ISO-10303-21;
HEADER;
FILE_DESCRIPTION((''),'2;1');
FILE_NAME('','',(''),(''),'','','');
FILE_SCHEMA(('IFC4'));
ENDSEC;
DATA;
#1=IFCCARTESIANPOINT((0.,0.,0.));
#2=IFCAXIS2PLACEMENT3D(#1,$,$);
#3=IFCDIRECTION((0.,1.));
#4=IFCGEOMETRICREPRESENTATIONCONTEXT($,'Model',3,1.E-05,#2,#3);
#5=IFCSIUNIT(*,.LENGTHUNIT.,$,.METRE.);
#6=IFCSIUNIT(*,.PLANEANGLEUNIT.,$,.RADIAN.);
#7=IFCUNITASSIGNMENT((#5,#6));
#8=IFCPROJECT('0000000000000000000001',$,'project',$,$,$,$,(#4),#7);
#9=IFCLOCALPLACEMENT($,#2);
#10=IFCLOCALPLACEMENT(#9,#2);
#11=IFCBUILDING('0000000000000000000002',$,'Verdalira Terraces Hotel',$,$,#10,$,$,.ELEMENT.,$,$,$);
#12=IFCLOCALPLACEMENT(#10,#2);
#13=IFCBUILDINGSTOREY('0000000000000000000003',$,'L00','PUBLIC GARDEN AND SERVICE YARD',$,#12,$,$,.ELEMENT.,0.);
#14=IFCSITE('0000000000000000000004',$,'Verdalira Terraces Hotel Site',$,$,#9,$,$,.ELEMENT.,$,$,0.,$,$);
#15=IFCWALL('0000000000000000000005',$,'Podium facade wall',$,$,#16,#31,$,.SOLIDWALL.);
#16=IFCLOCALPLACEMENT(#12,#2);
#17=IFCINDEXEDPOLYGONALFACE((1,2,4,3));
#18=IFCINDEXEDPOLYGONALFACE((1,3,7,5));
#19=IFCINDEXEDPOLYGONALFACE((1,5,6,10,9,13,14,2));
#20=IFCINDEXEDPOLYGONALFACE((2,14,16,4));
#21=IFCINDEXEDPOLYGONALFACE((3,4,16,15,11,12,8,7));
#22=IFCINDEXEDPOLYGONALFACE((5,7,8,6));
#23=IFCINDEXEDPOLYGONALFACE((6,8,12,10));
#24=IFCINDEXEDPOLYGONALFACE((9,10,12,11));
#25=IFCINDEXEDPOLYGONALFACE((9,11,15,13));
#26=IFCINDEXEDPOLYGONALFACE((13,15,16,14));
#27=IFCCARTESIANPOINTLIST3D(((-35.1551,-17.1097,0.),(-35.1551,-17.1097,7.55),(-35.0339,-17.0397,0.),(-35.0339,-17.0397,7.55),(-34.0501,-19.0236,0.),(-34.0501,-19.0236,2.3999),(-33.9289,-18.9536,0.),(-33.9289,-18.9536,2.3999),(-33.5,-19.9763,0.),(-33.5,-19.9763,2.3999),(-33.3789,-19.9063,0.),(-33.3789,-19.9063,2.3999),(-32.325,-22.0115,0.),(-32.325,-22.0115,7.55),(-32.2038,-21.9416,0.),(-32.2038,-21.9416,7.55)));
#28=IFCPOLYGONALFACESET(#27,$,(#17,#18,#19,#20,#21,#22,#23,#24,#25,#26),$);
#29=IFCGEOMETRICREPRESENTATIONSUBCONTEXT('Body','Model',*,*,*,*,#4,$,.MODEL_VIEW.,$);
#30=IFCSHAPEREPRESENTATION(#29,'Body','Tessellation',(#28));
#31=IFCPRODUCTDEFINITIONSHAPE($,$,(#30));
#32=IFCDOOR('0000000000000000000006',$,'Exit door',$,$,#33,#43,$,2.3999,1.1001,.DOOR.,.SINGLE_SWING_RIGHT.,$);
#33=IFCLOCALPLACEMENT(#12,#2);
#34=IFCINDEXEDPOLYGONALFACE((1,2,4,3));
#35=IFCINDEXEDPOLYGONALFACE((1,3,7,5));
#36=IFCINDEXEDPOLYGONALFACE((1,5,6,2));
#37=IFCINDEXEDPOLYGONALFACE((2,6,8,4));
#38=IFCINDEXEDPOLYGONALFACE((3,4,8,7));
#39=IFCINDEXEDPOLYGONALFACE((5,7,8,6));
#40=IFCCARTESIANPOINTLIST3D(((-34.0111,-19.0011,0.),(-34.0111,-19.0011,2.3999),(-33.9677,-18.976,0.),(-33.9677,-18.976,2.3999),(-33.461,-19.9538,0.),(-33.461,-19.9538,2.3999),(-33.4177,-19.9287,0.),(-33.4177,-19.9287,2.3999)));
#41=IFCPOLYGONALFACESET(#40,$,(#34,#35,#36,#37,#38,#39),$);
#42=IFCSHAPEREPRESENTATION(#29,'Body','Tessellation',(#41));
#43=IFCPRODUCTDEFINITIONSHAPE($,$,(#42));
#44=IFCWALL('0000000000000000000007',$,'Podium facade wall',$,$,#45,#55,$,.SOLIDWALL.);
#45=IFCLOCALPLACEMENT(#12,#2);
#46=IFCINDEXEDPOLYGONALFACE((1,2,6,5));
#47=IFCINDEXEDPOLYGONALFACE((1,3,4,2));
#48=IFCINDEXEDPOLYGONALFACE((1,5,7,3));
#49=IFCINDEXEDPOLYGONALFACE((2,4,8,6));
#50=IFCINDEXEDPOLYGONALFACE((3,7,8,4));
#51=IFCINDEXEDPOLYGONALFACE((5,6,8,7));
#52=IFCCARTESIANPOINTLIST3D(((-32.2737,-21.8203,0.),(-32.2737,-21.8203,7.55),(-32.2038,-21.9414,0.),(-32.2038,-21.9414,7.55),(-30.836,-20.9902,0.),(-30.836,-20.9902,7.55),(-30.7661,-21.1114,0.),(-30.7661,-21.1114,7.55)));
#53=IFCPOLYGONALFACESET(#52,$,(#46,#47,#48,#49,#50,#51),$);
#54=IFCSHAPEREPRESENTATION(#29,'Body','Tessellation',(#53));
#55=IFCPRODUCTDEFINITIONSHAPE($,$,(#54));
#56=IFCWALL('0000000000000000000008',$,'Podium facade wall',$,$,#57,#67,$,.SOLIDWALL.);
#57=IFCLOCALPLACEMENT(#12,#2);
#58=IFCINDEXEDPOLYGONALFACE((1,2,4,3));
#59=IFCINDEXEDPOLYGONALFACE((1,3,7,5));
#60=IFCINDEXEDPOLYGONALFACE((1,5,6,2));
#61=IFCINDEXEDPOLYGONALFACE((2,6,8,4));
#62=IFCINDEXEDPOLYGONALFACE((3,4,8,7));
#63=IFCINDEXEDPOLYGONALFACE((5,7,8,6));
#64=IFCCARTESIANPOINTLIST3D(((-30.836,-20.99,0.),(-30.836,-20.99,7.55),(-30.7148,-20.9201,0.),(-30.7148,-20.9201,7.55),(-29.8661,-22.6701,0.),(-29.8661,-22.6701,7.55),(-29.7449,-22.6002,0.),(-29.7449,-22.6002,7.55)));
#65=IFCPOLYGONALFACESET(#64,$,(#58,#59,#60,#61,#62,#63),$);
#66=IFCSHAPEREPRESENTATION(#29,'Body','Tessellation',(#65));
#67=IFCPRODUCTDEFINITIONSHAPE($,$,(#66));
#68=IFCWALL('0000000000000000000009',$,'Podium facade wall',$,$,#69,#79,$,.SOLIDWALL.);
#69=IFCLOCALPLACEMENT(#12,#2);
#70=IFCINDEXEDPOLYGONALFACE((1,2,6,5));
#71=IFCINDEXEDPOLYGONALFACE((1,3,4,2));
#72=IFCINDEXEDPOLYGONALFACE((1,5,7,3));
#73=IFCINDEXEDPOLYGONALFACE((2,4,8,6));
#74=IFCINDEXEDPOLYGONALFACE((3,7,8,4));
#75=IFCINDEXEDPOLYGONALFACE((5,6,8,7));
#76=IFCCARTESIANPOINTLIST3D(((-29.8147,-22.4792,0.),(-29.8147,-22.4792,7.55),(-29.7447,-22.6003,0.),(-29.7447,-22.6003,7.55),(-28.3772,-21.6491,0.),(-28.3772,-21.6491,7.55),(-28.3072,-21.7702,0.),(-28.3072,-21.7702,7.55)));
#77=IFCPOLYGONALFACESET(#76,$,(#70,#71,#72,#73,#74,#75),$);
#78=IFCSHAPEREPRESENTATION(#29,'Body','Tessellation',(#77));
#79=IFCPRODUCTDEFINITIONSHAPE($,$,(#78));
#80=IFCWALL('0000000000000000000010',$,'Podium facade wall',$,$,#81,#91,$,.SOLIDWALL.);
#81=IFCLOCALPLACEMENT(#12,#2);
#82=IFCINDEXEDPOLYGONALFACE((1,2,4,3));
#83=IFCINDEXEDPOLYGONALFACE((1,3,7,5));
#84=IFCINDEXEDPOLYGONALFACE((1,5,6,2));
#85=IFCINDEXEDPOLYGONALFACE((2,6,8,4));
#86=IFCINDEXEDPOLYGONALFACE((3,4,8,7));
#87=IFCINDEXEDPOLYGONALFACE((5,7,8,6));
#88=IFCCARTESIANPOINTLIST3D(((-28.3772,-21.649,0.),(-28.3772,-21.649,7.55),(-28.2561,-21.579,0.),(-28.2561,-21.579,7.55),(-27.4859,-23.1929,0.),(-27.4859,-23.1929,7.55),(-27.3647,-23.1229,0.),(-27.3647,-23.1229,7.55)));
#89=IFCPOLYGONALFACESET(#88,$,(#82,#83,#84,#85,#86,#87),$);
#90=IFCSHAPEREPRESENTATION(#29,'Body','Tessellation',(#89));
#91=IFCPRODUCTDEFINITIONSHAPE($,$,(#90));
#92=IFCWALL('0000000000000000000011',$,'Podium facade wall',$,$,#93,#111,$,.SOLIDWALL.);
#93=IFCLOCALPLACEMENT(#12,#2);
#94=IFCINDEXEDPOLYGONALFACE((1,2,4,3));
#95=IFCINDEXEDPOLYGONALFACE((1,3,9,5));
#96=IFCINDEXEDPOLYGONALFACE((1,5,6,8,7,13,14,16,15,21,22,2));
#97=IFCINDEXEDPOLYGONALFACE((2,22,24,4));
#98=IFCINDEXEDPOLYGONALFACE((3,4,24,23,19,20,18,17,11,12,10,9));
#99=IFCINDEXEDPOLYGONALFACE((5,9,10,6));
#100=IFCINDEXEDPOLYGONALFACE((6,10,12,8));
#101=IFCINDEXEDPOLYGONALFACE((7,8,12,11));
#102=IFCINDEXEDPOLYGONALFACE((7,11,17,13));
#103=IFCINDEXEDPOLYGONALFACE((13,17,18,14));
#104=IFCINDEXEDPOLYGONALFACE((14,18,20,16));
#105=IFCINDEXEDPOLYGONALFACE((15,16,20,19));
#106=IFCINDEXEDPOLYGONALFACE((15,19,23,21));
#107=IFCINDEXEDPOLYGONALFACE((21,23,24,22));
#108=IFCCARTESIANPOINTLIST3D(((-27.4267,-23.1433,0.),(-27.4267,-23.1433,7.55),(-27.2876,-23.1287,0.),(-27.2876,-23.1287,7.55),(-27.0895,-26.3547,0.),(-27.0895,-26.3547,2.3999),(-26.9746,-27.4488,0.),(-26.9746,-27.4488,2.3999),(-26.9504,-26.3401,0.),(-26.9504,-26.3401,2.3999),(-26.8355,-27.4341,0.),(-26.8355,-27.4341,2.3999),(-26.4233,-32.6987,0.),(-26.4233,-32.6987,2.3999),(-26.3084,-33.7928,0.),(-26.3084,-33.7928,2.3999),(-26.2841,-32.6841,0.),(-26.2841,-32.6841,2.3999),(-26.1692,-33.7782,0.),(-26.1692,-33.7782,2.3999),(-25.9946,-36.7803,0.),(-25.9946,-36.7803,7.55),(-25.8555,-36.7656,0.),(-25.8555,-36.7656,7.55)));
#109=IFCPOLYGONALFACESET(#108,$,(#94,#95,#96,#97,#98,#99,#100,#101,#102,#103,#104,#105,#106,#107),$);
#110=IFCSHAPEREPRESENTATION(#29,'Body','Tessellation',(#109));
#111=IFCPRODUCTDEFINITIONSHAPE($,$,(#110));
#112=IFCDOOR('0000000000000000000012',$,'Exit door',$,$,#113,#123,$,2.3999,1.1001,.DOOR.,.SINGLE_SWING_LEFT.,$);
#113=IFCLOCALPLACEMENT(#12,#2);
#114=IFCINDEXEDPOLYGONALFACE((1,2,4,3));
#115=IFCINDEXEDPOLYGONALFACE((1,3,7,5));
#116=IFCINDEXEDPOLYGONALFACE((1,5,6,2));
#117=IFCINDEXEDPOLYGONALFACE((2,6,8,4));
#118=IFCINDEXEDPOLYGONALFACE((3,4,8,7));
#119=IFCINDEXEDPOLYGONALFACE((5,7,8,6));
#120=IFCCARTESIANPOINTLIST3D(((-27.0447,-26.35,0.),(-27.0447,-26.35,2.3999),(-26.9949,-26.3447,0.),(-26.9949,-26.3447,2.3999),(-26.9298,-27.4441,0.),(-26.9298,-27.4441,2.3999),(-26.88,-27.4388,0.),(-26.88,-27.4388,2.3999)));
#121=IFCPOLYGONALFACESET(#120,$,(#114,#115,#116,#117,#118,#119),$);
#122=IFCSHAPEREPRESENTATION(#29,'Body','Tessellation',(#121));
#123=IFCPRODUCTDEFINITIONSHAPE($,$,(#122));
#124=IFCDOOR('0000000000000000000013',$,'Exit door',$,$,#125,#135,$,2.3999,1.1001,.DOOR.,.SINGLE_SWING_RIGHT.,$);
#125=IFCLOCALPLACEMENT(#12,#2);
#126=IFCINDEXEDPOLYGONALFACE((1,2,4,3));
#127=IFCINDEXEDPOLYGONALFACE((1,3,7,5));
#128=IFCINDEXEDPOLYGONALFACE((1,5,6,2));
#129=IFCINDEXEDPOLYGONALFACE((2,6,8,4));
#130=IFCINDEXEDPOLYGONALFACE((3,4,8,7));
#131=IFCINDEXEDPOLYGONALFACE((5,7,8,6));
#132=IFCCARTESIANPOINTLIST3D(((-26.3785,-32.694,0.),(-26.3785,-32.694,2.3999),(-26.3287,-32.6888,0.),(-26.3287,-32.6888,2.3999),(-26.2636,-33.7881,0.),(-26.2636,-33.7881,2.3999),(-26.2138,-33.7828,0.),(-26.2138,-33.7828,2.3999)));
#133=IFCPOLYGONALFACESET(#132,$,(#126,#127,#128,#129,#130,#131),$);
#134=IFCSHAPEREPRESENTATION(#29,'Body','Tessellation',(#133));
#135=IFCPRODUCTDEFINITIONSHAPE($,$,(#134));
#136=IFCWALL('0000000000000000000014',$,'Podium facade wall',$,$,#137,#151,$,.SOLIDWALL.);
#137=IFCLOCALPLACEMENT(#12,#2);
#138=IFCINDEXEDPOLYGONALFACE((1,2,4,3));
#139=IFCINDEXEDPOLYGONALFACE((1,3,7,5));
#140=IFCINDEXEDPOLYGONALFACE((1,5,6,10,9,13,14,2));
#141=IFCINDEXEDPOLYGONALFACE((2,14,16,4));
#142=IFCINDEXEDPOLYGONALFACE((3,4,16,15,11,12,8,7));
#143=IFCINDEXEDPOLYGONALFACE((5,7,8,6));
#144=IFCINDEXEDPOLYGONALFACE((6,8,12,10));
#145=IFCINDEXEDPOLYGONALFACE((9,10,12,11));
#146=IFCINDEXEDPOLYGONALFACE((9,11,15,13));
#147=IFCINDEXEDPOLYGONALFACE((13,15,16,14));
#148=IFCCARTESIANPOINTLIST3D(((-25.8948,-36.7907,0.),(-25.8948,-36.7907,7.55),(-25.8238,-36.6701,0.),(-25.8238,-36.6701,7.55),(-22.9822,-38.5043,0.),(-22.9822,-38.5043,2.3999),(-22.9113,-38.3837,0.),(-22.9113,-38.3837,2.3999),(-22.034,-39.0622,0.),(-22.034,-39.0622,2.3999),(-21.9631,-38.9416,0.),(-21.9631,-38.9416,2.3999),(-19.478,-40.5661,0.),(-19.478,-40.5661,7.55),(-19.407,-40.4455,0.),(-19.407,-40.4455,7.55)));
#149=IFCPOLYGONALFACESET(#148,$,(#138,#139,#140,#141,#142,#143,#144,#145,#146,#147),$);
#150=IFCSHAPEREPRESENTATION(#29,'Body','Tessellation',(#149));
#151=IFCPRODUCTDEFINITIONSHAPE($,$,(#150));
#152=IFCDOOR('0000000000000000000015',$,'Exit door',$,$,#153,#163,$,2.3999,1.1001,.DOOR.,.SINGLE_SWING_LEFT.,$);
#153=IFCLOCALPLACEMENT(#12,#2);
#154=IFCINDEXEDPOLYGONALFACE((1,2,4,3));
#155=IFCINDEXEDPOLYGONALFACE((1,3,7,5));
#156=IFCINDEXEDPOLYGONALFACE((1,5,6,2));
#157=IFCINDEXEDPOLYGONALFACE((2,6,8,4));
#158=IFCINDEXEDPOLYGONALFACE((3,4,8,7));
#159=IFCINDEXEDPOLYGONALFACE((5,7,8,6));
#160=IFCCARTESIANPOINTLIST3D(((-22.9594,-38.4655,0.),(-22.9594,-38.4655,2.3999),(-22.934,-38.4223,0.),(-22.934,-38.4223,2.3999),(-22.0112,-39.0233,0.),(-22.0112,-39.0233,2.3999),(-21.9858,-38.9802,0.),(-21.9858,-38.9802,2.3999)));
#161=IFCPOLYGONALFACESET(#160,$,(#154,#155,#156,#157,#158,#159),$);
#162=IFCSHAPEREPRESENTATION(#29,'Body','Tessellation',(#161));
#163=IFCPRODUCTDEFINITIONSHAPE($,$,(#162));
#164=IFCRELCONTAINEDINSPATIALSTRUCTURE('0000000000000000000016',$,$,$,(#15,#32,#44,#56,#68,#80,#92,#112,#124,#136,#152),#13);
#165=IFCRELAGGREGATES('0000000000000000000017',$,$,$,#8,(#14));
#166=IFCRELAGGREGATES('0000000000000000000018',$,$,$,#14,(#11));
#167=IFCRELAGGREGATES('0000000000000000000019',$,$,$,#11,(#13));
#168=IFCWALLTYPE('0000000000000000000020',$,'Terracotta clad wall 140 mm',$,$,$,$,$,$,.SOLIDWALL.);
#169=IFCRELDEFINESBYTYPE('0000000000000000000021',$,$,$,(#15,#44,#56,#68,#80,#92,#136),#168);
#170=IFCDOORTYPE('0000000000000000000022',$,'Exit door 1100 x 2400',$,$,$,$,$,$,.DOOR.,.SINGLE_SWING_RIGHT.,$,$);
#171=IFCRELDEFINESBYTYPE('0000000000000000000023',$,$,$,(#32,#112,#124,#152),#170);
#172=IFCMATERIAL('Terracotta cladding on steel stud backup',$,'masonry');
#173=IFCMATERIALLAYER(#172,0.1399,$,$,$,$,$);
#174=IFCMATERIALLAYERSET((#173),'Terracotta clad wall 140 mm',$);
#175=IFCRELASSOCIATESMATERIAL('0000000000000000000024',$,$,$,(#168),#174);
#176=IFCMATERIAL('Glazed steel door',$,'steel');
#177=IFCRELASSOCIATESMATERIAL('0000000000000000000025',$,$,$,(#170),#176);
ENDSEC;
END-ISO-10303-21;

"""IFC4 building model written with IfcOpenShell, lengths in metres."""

from ifc_helpers import new_model, si_unit, direction, frame, frame_2d, origin, place, context, subcontext, project, spatial, rectangle, extrude, material, layer, layer_set, type_object, element, fill, save


model = new_model("IFC4")

# Units and contexts
model_context = context("Model", 3, precision=1e-05, world=origin(), true_north=direction((0.0, 1.0)))
body_context = subcontext(model_context, "Body", "Model", "MODEL_VIEW")
ifc_project = project(units=[si_unit("LENGTHUNIT", "METRE"), si_unit("PLANEANGLEUNIT", "RADIAN")], contexts=[model_context])

# Site, building, storey
site_placement = place(None, origin())
site = spatial("IfcSite", under=ifc_project, at=site_placement, Name="Verdalira Terraces Hotel Site", CompositionType="ELEMENT", RefElevation=0.0)
building_placement = place(site_placement, origin())
building = spatial("IfcBuilding", under=site, at=building_placement, Name="Verdalira Terraces Hotel", CompositionType="ELEMENT")
storey_placement = place(building_placement, origin())
storey = spatial("IfcBuildingStorey", under=building, at=storey_placement, Name="L00", Description="PUBLIC GARDEN AND SERVICE YARD", CompositionType="ELEMENT", Elevation=0.0)

# Wall, opening, door
ifc_material_1 = material(Name="Terracotta cladding on steel stud backup", Category="masonry")
ifc_layer_1 = layer(ifc_material_1, 0.1399)
ifc_layer_set_1 = layer_set([ifc_layer_1], Name="Terracotta clad wall 140 mm")
wall_type_1 = type_object("IfcWallType", Name="Terracotta clad wall 140 mm", PredefinedType="SOLIDWALL", material=ifc_layer_set_1)
wall_1_placement = place(storey_placement, frame((-32.2644, -21.9766, 0.0), z_axis=(0.0, 0.0, 1.0), x_axis=(-0.499999, 0.866026, 0.0)))
wall_1 = element("IfcWall", 1, at=wall_1_placement, inside=storey, type_object=wall_type_1, Name="Podium facade wall", PredefinedType="SOLIDWALL", context=body_context, shape_type="SweptSolid", body=[
    extrude(rectangle(XDim=5.6602, YDim=0.1399, at=frame_2d((2.8301, 0.0))), origin(), (0.0, 0.0, 1.0), 7.55),
])
opening_1_placement = place(wall_1_placement, frame((2.3501, 0.0, 0.0)))
opening_1 = element("IfcOpeningElement", 2, at=opening_1_placement, cuts=wall_1, PredefinedType="OPENING", context=body_context, shape_type="SweptSolid", body=[
    extrude(rectangle(XDim=1.1001, YDim=2.3999, at=frame_2d((0.55, 1.2))), frame((0.0, 0.0798, 0.0), z_axis=(0.0, -1.0, 0.0), x_axis=(1.0, 0.0, 0.0)), (0.0, 0.0, 1.0), 0.1599),
])
ifc_material_2 = material(Name="Glazed steel door", Category="steel")
door_type_1 = type_object("IfcDoorType", Name="Exit door 1100 x 2400", OperationType="SINGLE_SWING_RIGHT", PredefinedType="DOOR", material=ifc_material_2)
door_1_placement = place(opening_1_placement, origin())
door_1 = element("IfcDoor", 3, at=door_1_placement, inside=storey, type_object=door_type_1, Name="Exit door", OperationType="SINGLE_SWING_RIGHT", OverallHeight=2.3999, OverallWidth=1.1001, PredefinedType="DOOR", context=body_context, shape_type="SweptSolid", body=[
    extrude(rectangle(XDim=1.1001, YDim=2.3999, at=frame_2d((0.55, 1.2))), frame((0.0, 0.0249, 0.0), z_axis=(0.0, -1.0, 0.0), x_axis=(1.0, 0.0, 0.0)), (0.0, 0.0, 1.0), 0.05),
])
fill(opening_1, door_1)

# Walls
wall_2_placement = place(storey_placement, frame((-32.2388, -21.8809, 0.0), z_axis=(0.0, 0.0, 1.0), x_axis=(0.866026, 0.499998, 0.0)))
element("IfcWall", 4, at=wall_2_placement, inside=storey, type_object=wall_type_1, Name="Podium facade wall", PredefinedType="SOLIDWALL", context=body_context, shape_type="SweptSolid", body=[
    extrude(rectangle(XDim=1.6602, YDim=0.1399, at=frame_2d((0.8301, 0.0))), origin(), (0.0, 0.0, 1.0), 7.55),
])
wall_3_placement = place(storey_placement, frame((-30.7754, -20.9551, 0.0), z_axis=(0.0, 0.0, 1.0), x_axis=(0.499969, -0.866043, 0.0)))
element("IfcWall", 5, at=wall_3_placement, inside=storey, type_object=wall_type_1, Name="Podium facade wall", PredefinedType="SOLIDWALL", context=body_context, shape_type="SweptSolid", body=[
    extrude(rectangle(XDim=1.9399, YDim=0.1399, at=frame_2d((0.97, 0.0))), origin(), (0.0, 0.0, 1.0), 7.55),
])
wall_4_placement = place(storey_placement, frame((-29.7798, -22.5398, 0.0), z_axis=(0.0, 0.0, 1.0), x_axis=(0.86599, 0.500062, 0.0)))
element("IfcWall", 6, at=wall_4_placement, inside=storey, type_object=wall_type_1, Name="Podium facade wall", PredefinedType="SOLIDWALL", context=body_context, shape_type="SweptSolid", body=[
    extrude(rectangle(XDim=1.6599, YDim=0.1399, at=frame_2d((0.8301, 0.0))), origin(), (0.0, 0.0, 1.0), 7.55),
])
wall_5_placement = place(storey_placement, frame((-28.3166, -21.614, 0.0), z_axis=(0.0, 0.0, 1.0), x_axis=(0.499983, -0.866035, 0.0)))
element("IfcWall", 7, at=wall_5_placement, inside=storey, type_object=wall_type_1, Name="Podium facade wall", PredefinedType="SOLIDWALL", context=body_context, shape_type="SweptSolid", body=[
    extrude(rectangle(XDim=1.7827, YDim=0.1399, at=frame_2d((0.8914, 0.0))), origin(), (0.0, 0.0, 1.0), 7.55),
])

# Wall, openings, doors
wall_6_placement = place(storey_placement, frame((-25.925, -36.7729, 0.0), z_axis=(0.0, 0.0, 1.0), x_axis=(-0.104444, 0.994531, 0.0)))
wall_6 = element("IfcWall", 8, at=wall_6_placement, inside=storey, type_object=wall_type_1, Name="Podium facade wall", PredefinedType="SOLIDWALL", context=body_context, shape_type="SweptSolid", body=[
    extrude(rectangle(XDim=13.7119, YDim=0.1399, at=frame_2d((6.856, 0.0))), origin(), (0.0, 0.0, 1.0), 7.55),
])
opening_2_placement = place(wall_6_placement, frame((9.3828, 0.0, 0.0)))
opening_2 = element("IfcOpeningElement", 9, at=opening_2_placement, cuts=wall_6, PredefinedType="OPENING", context=body_context, shape_type="SweptSolid", body=[
    extrude(rectangle(XDim=1.1001, YDim=2.3999, at=frame_2d((0.55, 1.2))), frame((0.0, 0.0798, 0.0), z_axis=(0.0, -1.0, 0.0), x_axis=(1.0, 0.0, 0.0)), (0.0, 0.0, 1.0), 0.1599),
])
opening_3_placement = place(wall_6_placement, frame((3.0039, 0.0, 0.0)))
opening_3 = element("IfcOpeningElement", 10, at=opening_3_placement, cuts=wall_6, PredefinedType="OPENING", context=body_context, shape_type="SweptSolid", body=[
    extrude(rectangle(XDim=1.1001, YDim=2.3999, at=frame_2d((0.55, 1.2))), frame((0.0, 0.0798, 0.0), z_axis=(0.0, -1.0, 0.0), x_axis=(1.0, 0.0, 0.0)), (0.0, 0.0, 1.0), 0.1599),
])
door_2_placement = place(opening_2_placement, origin())
door_2 = element("IfcDoor", 11, at=door_2_placement, inside=storey, type_object=door_type_1, Name="Exit door", OperationType="SINGLE_SWING_LEFT", OverallHeight=2.3999, OverallWidth=1.1001, PredefinedType="DOOR", context=body_context, shape_type="SweptSolid", body=[
    extrude(rectangle(XDim=1.1001, YDim=2.3999, at=frame_2d((0.55, 1.2))), frame((0.0, 0.0249, 0.0), z_axis=(0.0, -1.0, 0.0), x_axis=(1.0, 0.0, 0.0)), (0.0, 0.0, 1.0), 0.05),
])
fill(opening_2, door_2)
door_3_placement = place(opening_3_placement, origin())
door_3 = element("IfcDoor", 12, at=door_3_placement, inside=storey, type_object=door_type_1, Name="Exit door", OperationType="SINGLE_SWING_RIGHT", OverallHeight=2.3999, OverallWidth=1.1001, PredefinedType="DOOR", context=body_context, shape_type="SweptSolid", body=[
    extrude(rectangle(XDim=1.1001, YDim=2.3999, at=frame_2d((0.55, 1.2))), frame((0.0, 0.0249, 0.0), z_axis=(0.0, -1.0, 0.0), x_axis=(1.0, 0.0, 0.0)), (0.0, 0.0, 1.0), 0.05),
])
fill(opening_3, door_3)

# Wall, opening, door
wall_7_placement = place(storey_placement, frame((-19.4424, -40.5059, 0.0), z_axis=(0.0, 0.0, 1.0), x_axis=(-0.861885, 0.507103, 0.0)))
wall_7 = element("IfcWall", 13, at=wall_7_placement, inside=storey, type_object=wall_type_1, Name="Podium facade wall", PredefinedType="SOLIDWALL", context=body_context, shape_type="SweptSolid", body=[
    extrude(rectangle(XDim=7.4451, YDim=0.1399, at=frame_2d((3.7227, 0.0))), origin(), (0.0, 0.0, 1.0), 7.55),
])
opening_4_placement = place(wall_7_placement, frame((2.9658, 0.0, 0.0)))
opening_4 = element("IfcOpeningElement", 14, at=opening_4_placement, cuts=wall_7, PredefinedType="OPENING", context=body_context, shape_type="SweptSolid", body=[
    extrude(rectangle(XDim=1.1001, YDim=2.3999, at=frame_2d((0.55, 1.2))), frame((0.0, 0.0798, 0.0), z_axis=(0.0, -1.0, 0.0), x_axis=(1.0, 0.0, 0.0)), (0.0, 0.0, 1.0), 0.1599),
])
door_4_placement = place(opening_4_placement, origin())
door_4 = element("IfcDoor", 15, at=door_4_placement, inside=storey, type_object=door_type_1, Name="Exit door", OperationType="SINGLE_SWING_LEFT", OverallHeight=2.3999, OverallWidth=1.1001, PredefinedType="DOOR", context=body_context, shape_type="SweptSolid", body=[
    extrude(rectangle(XDim=1.1001, YDim=2.3999, at=frame_2d((0.55, 1.2))), frame((0.0, 0.0249, 0.0), z_axis=(0.0, -1.0, 0.0), x_axis=(1.0, 0.0, 0.0)), (0.0, 0.0, 1.0), 0.05),
])
fill(opening_4, door_4)

save(model, "model.ifc")
